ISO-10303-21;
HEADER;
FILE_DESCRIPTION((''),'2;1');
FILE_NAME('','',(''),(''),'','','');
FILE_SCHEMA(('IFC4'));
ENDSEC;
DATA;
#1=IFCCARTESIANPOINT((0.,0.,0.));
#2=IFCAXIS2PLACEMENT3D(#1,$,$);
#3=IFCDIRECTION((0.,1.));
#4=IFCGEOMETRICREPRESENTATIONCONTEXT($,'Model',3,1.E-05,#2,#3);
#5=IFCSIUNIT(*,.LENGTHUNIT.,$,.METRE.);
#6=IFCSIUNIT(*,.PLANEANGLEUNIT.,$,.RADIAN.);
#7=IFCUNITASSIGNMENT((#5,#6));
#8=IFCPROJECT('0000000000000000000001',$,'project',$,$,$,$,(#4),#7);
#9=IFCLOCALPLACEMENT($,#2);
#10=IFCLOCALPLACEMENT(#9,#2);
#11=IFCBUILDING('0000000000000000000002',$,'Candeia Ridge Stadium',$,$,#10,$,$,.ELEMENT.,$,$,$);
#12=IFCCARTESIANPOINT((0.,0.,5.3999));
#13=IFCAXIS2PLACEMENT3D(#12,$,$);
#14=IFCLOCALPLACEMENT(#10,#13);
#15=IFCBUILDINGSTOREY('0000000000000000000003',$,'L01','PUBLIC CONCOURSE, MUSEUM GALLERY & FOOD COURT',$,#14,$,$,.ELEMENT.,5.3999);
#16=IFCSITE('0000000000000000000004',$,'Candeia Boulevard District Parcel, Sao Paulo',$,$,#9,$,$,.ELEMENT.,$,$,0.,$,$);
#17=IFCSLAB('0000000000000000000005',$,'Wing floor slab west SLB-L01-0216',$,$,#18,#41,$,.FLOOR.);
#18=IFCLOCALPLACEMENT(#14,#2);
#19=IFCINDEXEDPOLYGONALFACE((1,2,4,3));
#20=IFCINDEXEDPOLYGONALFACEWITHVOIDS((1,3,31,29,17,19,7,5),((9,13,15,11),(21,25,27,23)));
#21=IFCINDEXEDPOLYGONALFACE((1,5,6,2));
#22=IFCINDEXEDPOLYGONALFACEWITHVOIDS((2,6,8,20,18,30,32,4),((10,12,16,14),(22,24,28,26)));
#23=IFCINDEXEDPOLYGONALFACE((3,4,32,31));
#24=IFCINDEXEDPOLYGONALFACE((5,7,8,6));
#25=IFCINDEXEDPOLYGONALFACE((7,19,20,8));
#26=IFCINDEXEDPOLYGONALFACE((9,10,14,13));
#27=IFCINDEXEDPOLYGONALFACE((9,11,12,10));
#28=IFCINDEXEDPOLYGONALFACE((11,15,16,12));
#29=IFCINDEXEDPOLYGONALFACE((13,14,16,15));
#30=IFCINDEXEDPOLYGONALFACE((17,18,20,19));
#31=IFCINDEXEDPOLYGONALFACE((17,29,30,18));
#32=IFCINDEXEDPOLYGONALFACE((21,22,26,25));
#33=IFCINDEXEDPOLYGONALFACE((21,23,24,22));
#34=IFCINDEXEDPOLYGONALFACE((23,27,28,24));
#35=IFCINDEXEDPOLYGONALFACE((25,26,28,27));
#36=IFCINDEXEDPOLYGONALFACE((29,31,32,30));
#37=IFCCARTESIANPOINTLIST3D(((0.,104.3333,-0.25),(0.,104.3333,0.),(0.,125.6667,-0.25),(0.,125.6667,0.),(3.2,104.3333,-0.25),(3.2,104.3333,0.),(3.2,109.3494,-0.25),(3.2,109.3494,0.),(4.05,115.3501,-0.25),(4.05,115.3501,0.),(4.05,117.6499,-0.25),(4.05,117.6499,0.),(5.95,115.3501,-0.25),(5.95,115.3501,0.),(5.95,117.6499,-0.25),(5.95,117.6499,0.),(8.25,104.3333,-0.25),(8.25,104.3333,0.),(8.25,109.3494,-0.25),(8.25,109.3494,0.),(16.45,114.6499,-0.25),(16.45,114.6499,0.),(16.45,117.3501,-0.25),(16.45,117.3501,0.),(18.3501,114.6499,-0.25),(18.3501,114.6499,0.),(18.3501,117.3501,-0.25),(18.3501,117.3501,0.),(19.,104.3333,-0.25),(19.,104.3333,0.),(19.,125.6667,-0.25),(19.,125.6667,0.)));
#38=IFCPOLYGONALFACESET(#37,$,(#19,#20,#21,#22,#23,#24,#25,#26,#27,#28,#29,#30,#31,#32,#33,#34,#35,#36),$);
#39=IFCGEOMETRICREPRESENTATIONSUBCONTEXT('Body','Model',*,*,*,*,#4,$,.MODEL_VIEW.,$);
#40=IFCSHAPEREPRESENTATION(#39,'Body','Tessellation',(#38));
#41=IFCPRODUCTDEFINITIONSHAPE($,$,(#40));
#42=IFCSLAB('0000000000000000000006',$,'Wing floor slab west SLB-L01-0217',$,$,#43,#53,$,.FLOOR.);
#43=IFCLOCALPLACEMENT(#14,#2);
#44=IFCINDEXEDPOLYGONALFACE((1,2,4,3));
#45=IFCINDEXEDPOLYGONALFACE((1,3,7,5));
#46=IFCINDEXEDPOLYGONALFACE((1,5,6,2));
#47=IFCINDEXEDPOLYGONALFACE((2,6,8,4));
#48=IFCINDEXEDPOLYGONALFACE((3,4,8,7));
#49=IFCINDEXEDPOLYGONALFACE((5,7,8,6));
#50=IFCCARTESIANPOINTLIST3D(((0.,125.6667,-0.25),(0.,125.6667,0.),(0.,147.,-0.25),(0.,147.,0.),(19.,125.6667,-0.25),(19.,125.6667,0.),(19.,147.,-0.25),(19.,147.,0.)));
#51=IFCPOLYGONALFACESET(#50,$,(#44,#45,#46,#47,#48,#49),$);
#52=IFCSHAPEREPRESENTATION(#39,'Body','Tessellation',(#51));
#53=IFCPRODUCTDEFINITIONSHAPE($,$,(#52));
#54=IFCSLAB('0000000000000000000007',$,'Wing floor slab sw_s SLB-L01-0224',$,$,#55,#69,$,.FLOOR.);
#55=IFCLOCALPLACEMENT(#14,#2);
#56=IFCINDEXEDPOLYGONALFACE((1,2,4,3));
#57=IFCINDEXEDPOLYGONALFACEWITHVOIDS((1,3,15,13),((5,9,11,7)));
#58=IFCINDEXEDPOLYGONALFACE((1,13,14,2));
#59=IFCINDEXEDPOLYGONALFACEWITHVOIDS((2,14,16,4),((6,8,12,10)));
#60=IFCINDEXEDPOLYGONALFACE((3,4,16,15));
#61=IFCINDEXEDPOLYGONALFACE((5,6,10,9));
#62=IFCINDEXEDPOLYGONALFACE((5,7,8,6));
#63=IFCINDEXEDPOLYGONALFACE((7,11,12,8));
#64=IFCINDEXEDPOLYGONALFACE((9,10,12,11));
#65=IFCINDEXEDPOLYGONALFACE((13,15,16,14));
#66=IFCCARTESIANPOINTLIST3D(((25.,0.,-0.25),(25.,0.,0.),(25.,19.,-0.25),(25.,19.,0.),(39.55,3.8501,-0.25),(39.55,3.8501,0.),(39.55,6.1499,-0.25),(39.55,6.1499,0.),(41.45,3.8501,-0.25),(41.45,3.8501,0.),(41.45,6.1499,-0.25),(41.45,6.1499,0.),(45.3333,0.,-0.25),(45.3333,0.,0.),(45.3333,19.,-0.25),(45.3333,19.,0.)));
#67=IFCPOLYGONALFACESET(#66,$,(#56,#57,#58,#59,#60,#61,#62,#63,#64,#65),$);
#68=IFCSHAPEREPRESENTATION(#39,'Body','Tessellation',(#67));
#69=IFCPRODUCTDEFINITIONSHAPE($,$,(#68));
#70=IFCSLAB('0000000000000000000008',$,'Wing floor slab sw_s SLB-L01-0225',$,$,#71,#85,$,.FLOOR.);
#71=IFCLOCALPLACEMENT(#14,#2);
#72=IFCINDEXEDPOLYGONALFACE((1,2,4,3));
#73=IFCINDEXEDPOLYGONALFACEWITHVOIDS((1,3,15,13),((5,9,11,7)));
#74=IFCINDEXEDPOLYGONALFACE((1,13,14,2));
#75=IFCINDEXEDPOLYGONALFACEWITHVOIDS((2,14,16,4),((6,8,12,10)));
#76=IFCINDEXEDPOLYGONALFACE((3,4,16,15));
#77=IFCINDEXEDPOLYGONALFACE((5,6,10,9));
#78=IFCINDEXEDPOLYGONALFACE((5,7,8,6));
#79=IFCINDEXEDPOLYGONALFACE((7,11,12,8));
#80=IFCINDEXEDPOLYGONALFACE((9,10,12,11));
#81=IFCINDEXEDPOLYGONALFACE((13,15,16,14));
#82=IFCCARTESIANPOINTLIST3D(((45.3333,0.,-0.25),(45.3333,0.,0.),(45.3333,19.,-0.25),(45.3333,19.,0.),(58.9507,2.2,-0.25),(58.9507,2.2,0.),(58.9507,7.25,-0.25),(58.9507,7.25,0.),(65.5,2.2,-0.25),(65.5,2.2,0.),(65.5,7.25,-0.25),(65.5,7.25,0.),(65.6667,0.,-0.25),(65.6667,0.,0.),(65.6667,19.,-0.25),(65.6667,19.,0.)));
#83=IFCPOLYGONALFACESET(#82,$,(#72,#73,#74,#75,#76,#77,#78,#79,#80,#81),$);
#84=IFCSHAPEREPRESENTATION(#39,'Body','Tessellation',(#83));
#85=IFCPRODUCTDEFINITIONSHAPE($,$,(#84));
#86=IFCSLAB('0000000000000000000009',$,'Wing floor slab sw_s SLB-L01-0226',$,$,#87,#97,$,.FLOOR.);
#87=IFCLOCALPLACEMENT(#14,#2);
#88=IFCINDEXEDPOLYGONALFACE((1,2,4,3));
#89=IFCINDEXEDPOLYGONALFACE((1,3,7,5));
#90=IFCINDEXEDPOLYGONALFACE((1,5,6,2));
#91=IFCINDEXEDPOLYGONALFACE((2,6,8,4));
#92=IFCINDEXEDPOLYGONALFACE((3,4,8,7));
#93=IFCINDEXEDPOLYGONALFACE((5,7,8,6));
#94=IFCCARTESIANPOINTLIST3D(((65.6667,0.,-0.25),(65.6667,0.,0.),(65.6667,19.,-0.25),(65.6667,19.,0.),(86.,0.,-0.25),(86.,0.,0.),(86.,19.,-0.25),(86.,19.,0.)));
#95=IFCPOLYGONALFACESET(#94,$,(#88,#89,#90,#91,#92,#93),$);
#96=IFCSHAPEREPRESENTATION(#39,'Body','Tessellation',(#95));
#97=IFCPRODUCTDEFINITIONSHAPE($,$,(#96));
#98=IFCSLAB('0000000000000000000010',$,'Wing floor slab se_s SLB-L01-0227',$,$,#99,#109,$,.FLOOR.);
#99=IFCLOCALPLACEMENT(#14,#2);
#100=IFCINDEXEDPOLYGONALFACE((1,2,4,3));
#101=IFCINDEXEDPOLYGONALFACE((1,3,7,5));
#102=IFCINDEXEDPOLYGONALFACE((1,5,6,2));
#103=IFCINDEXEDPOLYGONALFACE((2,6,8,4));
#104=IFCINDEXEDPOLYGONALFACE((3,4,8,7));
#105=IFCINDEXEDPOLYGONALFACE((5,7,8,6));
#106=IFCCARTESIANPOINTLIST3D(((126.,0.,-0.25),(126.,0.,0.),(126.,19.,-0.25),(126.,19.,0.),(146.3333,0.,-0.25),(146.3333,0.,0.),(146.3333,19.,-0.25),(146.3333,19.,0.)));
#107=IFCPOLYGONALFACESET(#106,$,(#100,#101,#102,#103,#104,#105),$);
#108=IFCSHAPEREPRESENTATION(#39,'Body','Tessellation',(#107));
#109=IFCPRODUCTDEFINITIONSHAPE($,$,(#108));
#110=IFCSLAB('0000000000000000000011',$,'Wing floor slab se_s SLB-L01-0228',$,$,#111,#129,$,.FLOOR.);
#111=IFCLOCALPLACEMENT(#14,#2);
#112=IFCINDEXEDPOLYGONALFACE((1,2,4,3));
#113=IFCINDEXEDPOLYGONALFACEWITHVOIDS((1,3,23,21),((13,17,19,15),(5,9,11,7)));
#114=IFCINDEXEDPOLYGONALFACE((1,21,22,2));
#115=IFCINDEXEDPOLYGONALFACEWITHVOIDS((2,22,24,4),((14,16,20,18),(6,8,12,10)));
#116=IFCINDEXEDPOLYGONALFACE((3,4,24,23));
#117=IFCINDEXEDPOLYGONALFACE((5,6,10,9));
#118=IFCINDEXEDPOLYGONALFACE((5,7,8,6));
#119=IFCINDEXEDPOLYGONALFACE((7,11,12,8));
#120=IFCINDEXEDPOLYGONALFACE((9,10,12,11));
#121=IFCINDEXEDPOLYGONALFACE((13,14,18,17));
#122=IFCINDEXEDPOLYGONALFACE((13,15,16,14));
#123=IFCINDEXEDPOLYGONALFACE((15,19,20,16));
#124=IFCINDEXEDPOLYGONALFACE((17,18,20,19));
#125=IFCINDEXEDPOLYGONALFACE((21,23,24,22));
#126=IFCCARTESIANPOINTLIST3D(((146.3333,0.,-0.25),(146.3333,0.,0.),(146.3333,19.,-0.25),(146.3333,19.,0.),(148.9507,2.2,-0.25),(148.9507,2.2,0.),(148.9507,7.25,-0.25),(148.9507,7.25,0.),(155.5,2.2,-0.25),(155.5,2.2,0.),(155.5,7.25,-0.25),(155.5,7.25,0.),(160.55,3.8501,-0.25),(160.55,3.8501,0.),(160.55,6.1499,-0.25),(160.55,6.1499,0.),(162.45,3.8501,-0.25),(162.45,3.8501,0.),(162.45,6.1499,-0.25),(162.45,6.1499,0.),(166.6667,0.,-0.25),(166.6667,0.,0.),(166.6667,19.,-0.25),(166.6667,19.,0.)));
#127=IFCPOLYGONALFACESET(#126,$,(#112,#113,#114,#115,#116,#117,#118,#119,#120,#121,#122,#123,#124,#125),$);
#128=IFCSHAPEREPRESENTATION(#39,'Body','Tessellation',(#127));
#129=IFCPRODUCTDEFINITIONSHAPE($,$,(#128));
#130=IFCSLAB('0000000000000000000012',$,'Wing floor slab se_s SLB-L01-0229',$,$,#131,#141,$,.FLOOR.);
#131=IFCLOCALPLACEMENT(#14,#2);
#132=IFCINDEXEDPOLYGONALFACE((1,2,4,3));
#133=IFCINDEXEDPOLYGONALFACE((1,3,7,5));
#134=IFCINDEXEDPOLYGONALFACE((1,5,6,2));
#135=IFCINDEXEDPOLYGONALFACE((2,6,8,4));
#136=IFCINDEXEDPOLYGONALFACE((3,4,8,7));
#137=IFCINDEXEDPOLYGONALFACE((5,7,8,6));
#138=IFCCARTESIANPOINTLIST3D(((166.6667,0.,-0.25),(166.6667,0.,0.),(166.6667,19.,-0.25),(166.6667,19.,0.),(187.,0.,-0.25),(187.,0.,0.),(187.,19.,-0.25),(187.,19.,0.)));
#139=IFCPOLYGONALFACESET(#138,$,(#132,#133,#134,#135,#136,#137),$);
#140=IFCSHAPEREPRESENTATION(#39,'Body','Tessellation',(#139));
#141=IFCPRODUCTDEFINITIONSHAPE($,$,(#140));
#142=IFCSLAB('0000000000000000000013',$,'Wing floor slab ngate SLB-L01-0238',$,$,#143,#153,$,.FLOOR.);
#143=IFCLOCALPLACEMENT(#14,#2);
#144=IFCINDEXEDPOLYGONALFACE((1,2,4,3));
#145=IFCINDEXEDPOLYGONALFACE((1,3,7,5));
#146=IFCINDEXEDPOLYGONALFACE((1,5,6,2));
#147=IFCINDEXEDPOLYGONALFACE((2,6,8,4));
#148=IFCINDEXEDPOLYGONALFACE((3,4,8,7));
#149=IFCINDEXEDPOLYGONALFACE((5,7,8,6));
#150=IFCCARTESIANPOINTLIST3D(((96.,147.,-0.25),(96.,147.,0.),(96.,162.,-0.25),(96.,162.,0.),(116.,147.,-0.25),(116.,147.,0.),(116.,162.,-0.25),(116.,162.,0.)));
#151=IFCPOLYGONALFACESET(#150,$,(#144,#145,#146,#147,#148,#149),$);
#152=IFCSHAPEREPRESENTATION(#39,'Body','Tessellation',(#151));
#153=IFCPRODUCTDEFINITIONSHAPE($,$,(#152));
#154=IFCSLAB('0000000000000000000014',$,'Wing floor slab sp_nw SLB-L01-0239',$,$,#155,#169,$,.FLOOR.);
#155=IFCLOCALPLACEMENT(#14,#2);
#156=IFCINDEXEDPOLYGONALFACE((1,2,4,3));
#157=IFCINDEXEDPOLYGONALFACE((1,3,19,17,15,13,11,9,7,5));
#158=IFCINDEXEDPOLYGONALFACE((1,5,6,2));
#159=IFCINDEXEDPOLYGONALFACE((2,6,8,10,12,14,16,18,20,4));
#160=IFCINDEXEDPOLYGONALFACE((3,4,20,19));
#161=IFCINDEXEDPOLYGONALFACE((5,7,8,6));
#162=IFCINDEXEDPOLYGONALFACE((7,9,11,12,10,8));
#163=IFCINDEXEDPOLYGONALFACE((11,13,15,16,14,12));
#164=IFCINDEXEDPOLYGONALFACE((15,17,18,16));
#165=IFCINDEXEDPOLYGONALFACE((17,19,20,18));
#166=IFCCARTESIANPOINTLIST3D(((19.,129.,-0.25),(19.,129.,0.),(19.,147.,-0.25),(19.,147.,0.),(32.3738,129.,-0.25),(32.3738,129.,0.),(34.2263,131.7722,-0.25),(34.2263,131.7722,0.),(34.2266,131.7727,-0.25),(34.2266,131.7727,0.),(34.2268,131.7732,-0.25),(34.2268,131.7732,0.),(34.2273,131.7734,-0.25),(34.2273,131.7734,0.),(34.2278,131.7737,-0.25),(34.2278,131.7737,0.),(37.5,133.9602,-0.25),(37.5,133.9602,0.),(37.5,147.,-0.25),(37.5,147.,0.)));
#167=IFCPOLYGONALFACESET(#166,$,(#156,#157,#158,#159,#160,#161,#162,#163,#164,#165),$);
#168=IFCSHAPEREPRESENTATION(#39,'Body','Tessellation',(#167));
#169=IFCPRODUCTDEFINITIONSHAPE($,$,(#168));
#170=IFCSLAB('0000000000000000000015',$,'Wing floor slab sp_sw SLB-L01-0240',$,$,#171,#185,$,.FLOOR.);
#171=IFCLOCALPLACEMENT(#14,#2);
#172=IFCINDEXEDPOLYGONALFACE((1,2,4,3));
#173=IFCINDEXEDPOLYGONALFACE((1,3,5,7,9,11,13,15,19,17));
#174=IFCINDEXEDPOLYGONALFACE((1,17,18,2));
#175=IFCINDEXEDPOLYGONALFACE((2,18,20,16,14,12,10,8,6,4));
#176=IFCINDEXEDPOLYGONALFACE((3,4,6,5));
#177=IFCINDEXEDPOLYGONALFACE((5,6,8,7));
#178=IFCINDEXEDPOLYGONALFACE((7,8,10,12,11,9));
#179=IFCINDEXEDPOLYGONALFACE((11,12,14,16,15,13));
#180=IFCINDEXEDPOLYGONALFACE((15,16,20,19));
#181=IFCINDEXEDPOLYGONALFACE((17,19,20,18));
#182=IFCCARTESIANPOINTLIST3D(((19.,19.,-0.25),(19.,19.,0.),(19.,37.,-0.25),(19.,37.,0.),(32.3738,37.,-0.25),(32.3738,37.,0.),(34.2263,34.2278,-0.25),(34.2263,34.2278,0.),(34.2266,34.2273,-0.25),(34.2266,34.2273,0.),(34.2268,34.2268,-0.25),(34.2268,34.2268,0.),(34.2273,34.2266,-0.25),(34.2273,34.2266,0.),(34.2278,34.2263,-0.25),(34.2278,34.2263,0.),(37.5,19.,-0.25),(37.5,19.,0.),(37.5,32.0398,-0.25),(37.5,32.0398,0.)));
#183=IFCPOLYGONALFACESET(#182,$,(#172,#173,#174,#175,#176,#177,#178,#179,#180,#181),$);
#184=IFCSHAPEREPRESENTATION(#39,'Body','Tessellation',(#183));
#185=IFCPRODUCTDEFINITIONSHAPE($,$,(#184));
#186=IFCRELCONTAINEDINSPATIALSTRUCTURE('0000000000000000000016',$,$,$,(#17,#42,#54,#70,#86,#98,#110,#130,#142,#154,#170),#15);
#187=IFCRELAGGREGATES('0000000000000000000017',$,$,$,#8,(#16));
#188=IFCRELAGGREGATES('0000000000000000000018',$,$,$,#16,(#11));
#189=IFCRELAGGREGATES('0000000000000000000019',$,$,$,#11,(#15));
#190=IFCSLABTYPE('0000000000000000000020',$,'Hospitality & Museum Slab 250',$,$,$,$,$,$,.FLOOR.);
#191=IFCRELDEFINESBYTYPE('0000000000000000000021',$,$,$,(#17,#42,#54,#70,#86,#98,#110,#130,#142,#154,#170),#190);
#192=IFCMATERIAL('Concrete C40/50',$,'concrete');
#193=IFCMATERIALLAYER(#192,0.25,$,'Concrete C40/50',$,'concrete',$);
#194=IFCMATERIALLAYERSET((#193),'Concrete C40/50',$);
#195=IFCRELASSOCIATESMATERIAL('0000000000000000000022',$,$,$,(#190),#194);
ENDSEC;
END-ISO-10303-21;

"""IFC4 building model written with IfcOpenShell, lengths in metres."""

from ifc_helpers import new_model, si_unit, direction, frame, origin, place, context, subcontext, project, spatial, polyline, outline, extrude, material, layer, layer_set, type_object, element, save


model = new_model("IFC4")

# Units and contexts
model_context = context("Model", 3, precision=1e-05, world=origin(), true_north=direction((0.0, 1.0)))
body_context = subcontext(model_context, "Body", "Model", "MODEL_VIEW")
ifc_project = project(units=[si_unit("LENGTHUNIT", "METRE"), si_unit("PLANEANGLEUNIT", "RADIAN")], contexts=[model_context])

# Site, building, storey
site_placement = place(None, origin())
site = spatial("IfcSite", under=ifc_project, at=site_placement, Name="Candeia Boulevard District Parcel, Sao Paulo", CompositionType="ELEMENT", RefElevation=0.0)
building_placement = place(site_placement, origin())
building = spatial("IfcBuilding", under=site, at=building_placement, Name="Candeia Ridge Stadium", CompositionType="ELEMENT")
storey_placement = place(building_placement, frame((0.0, 0.0, 5.3999)))
storey = spatial("IfcBuildingStorey", under=building, at=storey_placement, Name="L01", Description="PUBLIC CONCOURSE, MUSEUM GALLERY & FOOD COURT", CompositionType="ELEMENT", Elevation=5.3999)

# Slabs
ifc_material = material(Name="Concrete C40/50", Category="concrete")
ifc_layer_1 = layer(ifc_material, 0.25, Name="Concrete C40/50", Category="concrete")
ifc_layer_set_1 = layer_set([ifc_layer_1], Name="Concrete C40/50")
slab_type_1 = type_object("IfcSlabType", Name="Hospitality & Museum Slab 250", PredefinedType="FLOOR", material=ifc_layer_set_1)
slab_1_placement = place(storey_placement, frame((0.0, 0.0, -0.25)))
element("IfcSlab", 1, at=slab_1_placement, inside=storey, type_object=slab_type_1, Name="Wing floor slab west SLB-L01-0216", PredefinedType="FLOOR", context=body_context, shape_type="SweptSolid", body=[
    extrude(outline(polyline([(0.0, 104.3333), (0.0, 125.6667), (19.0, 125.6667), (19.0, 104.3333), (8.25, 104.3333), (8.25, 109.3494), (3.2, 109.3494), (3.2, 104.3333), (0.0, 104.3333)]), holes=[polyline([(18.3501, 114.6499), (18.3501, 117.3501), (16.45, 117.3501), (16.45, 114.6499), (18.3501, 114.6499)]), polyline([(5.95, 115.3501), (5.95, 117.6499), (4.05, 117.6499), (4.05, 115.3501), (5.95, 115.3501)])]), origin(), (0.0, 0.0, 1.0), 0.25),
])
slab_2_placement = place(storey_placement, frame((0.0, 0.0, -0.25)))
element("IfcSlab", 2, at=slab_2_placement, inside=storey, type_object=slab_type_1, Name="Wing floor slab west SLB-L01-0217", PredefinedType="FLOOR", context=body_context, shape_type="SweptSolid", body=[
    extrude(outline(polyline([(0.0, 125.6667), (0.0, 147.0), (19.0, 147.0), (19.0, 125.6667), (0.0, 125.6667)])), origin(), (0.0, 0.0, 1.0), 0.25),
])
slab_3_placement = place(storey_placement, frame((0.0, 0.0, -0.25)))
element("IfcSlab", 3, at=slab_3_placement, inside=storey, type_object=slab_type_1, Name="Wing floor slab sw_s SLB-L01-0224", PredefinedType="FLOOR", context=body_context, shape_type="SweptSolid", body=[
    extrude(outline(polyline([(25.0, 0.0), (25.0, 19.0), (45.3333, 19.0), (45.3333, 0.0), (25.0, 0.0)]), holes=[polyline([(41.45, 3.8501), (41.45, 6.1499), (39.55, 6.1499), (39.55, 3.8501), (41.45, 3.8501)])]), origin(), (0.0, 0.0, 1.0), 0.25),
])
slab_4_placement = place(storey_placement, frame((0.0, 0.0, -0.25)))
element("IfcSlab", 4, at=slab_4_placement, inside=storey, type_object=slab_type_1, Name="Wing floor slab sw_s SLB-L01-0225", PredefinedType="FLOOR", context=body_context, shape_type="SweptSolid", body=[
    extrude(outline(polyline([(45.3333, 0.0), (45.3333, 19.0), (65.6667, 19.0), (65.6667, 0.0), (45.3333, 0.0)]), holes=[polyline([(58.9507, 2.2), (65.5, 2.2), (65.5, 7.25), (58.9507, 7.25), (58.9507, 2.2)])]), origin(), (0.0, 0.0, 1.0), 0.25),
])
slab_5_placement = place(storey_placement, frame((0.0, 0.0, -0.25)))
element("IfcSlab", 5, at=slab_5_placement, inside=storey, type_object=slab_type_1, Name="Wing floor slab sw_s SLB-L01-0226", PredefinedType="FLOOR", context=body_context, shape_type="SweptSolid", body=[
    extrude(outline(polyline([(65.6667, 0.0), (65.6667, 19.0), (86.0, 19.0), (86.0, 0.0), (65.6667, 0.0)])), origin(), (0.0, 0.0, 1.0), 0.25),
])
slab_6_placement = place(storey_placement, frame((0.0, 0.0, -0.25)))
element("IfcSlab", 6, at=slab_6_placement, inside=storey, type_object=slab_type_1, Name="Wing floor slab se_s SLB-L01-0227", PredefinedType="FLOOR", context=body_context, shape_type="SweptSolid", body=[
    extrude(outline(polyline([(126.0, 0.0), (126.0, 19.0), (146.3333, 19.0), (146.3333, 0.0), (126.0, 0.0)])), origin(), (0.0, 0.0, 1.0), 0.25),
])
slab_7_placement = place(storey_placement, frame((0.0, 0.0, -0.25)))
element("IfcSlab", 7, at=slab_7_placement, inside=storey, type_object=slab_type_1, Name="Wing floor slab se_s SLB-L01-0228", PredefinedType="FLOOR", context=body_context, shape_type="SweptSolid", body=[
    extrude(outline(polyline([(146.3333, 0.0), (146.3333, 19.0), (166.6667, 19.0), (166.6667, 0.0), (146.3333, 0.0)]), holes=[polyline([(148.9507, 2.2), (155.5, 2.2), (155.5, 7.25), (148.9507, 7.25), (148.9507, 2.2)]), polyline([(162.45, 3.8501), (162.45, 6.1499), (160.55, 6.1499), (160.55, 3.8501), (162.45, 3.8501)])]), origin(), (0.0, 0.0, 1.0), 0.25),
])
slab_8_placement = place(storey_placement, frame((0.0, 0.0, -0.25)))
element("IfcSlab", 8, at=slab_8_placement, inside=storey, type_object=slab_type_1, Name="Wing floor slab se_s SLB-L01-0229", PredefinedType="FLOOR", context=body_context, shape_type="SweptSolid", body=[
    extrude(outline(polyline([(166.6667, 0.0), (166.6667, 19.0), (187.0, 19.0), (187.0, 0.0), (166.6667, 0.0)])), origin(), (0.0, 0.0, 1.0), 0.25),
])
slab_9_placement = place(storey_placement, frame((0.0, 0.0, -0.25)))
element("IfcSlab", 9, at=slab_9_placement, inside=storey, type_object=slab_type_1, Name="Wing floor slab ngate SLB-L01-0238", PredefinedType="FLOOR", context=body_context, shape_type="SweptSolid", body=[
    extrude(outline(polyline([(96.0, 147.0), (96.0, 162.0), (116.0, 162.0), (116.0, 147.0), (96.0, 147.0)])), origin(), (0.0, 0.0, 1.0), 0.25),
])
slab_10_placement = place(storey_placement, frame((0.0, 0.0, -0.25)))
element("IfcSlab", 10, at=slab_10_placement, inside=storey, type_object=slab_type_1, Name="Wing floor slab sp_nw SLB-L01-0239", PredefinedType="FLOOR", context=body_context, shape_type="SweptSolid", body=[
    extrude(outline(polyline([(19.0, 147.0), (37.5, 147.0), (37.5, 133.9602), (34.2278, 131.7737), (34.2273, 131.7734), (34.2268, 131.7732), (34.2266, 131.7727), (34.2263, 131.7722), (32.3738, 129.0), (19.0, 129.0), (19.0, 147.0)])), origin(), (0.0, 0.0, 1.0), 0.25),
])
slab_11_placement = place(storey_placement, frame((0.0, 0.0, -0.25)))
element("IfcSlab", 11, at=slab_11_placement, inside=storey, type_object=slab_type_1, Name="Wing floor slab sp_sw SLB-L01-0240", PredefinedType="FLOOR", context=body_context, shape_type="SweptSolid", body=[
    extrude(outline(polyline([(19.0, 19.0), (19.0, 37.0), (32.3738, 37.0), (34.2263, 34.2278), (34.2266, 34.2273), (34.2268, 34.2268), (34.2273, 34.2266), (34.2278, 34.2263), (37.5, 32.0398), (37.5, 19.0), (19.0, 19.0)])), origin(), (0.0, 0.0, 1.0), 0.25),
])

save(model, "model.ifc")
